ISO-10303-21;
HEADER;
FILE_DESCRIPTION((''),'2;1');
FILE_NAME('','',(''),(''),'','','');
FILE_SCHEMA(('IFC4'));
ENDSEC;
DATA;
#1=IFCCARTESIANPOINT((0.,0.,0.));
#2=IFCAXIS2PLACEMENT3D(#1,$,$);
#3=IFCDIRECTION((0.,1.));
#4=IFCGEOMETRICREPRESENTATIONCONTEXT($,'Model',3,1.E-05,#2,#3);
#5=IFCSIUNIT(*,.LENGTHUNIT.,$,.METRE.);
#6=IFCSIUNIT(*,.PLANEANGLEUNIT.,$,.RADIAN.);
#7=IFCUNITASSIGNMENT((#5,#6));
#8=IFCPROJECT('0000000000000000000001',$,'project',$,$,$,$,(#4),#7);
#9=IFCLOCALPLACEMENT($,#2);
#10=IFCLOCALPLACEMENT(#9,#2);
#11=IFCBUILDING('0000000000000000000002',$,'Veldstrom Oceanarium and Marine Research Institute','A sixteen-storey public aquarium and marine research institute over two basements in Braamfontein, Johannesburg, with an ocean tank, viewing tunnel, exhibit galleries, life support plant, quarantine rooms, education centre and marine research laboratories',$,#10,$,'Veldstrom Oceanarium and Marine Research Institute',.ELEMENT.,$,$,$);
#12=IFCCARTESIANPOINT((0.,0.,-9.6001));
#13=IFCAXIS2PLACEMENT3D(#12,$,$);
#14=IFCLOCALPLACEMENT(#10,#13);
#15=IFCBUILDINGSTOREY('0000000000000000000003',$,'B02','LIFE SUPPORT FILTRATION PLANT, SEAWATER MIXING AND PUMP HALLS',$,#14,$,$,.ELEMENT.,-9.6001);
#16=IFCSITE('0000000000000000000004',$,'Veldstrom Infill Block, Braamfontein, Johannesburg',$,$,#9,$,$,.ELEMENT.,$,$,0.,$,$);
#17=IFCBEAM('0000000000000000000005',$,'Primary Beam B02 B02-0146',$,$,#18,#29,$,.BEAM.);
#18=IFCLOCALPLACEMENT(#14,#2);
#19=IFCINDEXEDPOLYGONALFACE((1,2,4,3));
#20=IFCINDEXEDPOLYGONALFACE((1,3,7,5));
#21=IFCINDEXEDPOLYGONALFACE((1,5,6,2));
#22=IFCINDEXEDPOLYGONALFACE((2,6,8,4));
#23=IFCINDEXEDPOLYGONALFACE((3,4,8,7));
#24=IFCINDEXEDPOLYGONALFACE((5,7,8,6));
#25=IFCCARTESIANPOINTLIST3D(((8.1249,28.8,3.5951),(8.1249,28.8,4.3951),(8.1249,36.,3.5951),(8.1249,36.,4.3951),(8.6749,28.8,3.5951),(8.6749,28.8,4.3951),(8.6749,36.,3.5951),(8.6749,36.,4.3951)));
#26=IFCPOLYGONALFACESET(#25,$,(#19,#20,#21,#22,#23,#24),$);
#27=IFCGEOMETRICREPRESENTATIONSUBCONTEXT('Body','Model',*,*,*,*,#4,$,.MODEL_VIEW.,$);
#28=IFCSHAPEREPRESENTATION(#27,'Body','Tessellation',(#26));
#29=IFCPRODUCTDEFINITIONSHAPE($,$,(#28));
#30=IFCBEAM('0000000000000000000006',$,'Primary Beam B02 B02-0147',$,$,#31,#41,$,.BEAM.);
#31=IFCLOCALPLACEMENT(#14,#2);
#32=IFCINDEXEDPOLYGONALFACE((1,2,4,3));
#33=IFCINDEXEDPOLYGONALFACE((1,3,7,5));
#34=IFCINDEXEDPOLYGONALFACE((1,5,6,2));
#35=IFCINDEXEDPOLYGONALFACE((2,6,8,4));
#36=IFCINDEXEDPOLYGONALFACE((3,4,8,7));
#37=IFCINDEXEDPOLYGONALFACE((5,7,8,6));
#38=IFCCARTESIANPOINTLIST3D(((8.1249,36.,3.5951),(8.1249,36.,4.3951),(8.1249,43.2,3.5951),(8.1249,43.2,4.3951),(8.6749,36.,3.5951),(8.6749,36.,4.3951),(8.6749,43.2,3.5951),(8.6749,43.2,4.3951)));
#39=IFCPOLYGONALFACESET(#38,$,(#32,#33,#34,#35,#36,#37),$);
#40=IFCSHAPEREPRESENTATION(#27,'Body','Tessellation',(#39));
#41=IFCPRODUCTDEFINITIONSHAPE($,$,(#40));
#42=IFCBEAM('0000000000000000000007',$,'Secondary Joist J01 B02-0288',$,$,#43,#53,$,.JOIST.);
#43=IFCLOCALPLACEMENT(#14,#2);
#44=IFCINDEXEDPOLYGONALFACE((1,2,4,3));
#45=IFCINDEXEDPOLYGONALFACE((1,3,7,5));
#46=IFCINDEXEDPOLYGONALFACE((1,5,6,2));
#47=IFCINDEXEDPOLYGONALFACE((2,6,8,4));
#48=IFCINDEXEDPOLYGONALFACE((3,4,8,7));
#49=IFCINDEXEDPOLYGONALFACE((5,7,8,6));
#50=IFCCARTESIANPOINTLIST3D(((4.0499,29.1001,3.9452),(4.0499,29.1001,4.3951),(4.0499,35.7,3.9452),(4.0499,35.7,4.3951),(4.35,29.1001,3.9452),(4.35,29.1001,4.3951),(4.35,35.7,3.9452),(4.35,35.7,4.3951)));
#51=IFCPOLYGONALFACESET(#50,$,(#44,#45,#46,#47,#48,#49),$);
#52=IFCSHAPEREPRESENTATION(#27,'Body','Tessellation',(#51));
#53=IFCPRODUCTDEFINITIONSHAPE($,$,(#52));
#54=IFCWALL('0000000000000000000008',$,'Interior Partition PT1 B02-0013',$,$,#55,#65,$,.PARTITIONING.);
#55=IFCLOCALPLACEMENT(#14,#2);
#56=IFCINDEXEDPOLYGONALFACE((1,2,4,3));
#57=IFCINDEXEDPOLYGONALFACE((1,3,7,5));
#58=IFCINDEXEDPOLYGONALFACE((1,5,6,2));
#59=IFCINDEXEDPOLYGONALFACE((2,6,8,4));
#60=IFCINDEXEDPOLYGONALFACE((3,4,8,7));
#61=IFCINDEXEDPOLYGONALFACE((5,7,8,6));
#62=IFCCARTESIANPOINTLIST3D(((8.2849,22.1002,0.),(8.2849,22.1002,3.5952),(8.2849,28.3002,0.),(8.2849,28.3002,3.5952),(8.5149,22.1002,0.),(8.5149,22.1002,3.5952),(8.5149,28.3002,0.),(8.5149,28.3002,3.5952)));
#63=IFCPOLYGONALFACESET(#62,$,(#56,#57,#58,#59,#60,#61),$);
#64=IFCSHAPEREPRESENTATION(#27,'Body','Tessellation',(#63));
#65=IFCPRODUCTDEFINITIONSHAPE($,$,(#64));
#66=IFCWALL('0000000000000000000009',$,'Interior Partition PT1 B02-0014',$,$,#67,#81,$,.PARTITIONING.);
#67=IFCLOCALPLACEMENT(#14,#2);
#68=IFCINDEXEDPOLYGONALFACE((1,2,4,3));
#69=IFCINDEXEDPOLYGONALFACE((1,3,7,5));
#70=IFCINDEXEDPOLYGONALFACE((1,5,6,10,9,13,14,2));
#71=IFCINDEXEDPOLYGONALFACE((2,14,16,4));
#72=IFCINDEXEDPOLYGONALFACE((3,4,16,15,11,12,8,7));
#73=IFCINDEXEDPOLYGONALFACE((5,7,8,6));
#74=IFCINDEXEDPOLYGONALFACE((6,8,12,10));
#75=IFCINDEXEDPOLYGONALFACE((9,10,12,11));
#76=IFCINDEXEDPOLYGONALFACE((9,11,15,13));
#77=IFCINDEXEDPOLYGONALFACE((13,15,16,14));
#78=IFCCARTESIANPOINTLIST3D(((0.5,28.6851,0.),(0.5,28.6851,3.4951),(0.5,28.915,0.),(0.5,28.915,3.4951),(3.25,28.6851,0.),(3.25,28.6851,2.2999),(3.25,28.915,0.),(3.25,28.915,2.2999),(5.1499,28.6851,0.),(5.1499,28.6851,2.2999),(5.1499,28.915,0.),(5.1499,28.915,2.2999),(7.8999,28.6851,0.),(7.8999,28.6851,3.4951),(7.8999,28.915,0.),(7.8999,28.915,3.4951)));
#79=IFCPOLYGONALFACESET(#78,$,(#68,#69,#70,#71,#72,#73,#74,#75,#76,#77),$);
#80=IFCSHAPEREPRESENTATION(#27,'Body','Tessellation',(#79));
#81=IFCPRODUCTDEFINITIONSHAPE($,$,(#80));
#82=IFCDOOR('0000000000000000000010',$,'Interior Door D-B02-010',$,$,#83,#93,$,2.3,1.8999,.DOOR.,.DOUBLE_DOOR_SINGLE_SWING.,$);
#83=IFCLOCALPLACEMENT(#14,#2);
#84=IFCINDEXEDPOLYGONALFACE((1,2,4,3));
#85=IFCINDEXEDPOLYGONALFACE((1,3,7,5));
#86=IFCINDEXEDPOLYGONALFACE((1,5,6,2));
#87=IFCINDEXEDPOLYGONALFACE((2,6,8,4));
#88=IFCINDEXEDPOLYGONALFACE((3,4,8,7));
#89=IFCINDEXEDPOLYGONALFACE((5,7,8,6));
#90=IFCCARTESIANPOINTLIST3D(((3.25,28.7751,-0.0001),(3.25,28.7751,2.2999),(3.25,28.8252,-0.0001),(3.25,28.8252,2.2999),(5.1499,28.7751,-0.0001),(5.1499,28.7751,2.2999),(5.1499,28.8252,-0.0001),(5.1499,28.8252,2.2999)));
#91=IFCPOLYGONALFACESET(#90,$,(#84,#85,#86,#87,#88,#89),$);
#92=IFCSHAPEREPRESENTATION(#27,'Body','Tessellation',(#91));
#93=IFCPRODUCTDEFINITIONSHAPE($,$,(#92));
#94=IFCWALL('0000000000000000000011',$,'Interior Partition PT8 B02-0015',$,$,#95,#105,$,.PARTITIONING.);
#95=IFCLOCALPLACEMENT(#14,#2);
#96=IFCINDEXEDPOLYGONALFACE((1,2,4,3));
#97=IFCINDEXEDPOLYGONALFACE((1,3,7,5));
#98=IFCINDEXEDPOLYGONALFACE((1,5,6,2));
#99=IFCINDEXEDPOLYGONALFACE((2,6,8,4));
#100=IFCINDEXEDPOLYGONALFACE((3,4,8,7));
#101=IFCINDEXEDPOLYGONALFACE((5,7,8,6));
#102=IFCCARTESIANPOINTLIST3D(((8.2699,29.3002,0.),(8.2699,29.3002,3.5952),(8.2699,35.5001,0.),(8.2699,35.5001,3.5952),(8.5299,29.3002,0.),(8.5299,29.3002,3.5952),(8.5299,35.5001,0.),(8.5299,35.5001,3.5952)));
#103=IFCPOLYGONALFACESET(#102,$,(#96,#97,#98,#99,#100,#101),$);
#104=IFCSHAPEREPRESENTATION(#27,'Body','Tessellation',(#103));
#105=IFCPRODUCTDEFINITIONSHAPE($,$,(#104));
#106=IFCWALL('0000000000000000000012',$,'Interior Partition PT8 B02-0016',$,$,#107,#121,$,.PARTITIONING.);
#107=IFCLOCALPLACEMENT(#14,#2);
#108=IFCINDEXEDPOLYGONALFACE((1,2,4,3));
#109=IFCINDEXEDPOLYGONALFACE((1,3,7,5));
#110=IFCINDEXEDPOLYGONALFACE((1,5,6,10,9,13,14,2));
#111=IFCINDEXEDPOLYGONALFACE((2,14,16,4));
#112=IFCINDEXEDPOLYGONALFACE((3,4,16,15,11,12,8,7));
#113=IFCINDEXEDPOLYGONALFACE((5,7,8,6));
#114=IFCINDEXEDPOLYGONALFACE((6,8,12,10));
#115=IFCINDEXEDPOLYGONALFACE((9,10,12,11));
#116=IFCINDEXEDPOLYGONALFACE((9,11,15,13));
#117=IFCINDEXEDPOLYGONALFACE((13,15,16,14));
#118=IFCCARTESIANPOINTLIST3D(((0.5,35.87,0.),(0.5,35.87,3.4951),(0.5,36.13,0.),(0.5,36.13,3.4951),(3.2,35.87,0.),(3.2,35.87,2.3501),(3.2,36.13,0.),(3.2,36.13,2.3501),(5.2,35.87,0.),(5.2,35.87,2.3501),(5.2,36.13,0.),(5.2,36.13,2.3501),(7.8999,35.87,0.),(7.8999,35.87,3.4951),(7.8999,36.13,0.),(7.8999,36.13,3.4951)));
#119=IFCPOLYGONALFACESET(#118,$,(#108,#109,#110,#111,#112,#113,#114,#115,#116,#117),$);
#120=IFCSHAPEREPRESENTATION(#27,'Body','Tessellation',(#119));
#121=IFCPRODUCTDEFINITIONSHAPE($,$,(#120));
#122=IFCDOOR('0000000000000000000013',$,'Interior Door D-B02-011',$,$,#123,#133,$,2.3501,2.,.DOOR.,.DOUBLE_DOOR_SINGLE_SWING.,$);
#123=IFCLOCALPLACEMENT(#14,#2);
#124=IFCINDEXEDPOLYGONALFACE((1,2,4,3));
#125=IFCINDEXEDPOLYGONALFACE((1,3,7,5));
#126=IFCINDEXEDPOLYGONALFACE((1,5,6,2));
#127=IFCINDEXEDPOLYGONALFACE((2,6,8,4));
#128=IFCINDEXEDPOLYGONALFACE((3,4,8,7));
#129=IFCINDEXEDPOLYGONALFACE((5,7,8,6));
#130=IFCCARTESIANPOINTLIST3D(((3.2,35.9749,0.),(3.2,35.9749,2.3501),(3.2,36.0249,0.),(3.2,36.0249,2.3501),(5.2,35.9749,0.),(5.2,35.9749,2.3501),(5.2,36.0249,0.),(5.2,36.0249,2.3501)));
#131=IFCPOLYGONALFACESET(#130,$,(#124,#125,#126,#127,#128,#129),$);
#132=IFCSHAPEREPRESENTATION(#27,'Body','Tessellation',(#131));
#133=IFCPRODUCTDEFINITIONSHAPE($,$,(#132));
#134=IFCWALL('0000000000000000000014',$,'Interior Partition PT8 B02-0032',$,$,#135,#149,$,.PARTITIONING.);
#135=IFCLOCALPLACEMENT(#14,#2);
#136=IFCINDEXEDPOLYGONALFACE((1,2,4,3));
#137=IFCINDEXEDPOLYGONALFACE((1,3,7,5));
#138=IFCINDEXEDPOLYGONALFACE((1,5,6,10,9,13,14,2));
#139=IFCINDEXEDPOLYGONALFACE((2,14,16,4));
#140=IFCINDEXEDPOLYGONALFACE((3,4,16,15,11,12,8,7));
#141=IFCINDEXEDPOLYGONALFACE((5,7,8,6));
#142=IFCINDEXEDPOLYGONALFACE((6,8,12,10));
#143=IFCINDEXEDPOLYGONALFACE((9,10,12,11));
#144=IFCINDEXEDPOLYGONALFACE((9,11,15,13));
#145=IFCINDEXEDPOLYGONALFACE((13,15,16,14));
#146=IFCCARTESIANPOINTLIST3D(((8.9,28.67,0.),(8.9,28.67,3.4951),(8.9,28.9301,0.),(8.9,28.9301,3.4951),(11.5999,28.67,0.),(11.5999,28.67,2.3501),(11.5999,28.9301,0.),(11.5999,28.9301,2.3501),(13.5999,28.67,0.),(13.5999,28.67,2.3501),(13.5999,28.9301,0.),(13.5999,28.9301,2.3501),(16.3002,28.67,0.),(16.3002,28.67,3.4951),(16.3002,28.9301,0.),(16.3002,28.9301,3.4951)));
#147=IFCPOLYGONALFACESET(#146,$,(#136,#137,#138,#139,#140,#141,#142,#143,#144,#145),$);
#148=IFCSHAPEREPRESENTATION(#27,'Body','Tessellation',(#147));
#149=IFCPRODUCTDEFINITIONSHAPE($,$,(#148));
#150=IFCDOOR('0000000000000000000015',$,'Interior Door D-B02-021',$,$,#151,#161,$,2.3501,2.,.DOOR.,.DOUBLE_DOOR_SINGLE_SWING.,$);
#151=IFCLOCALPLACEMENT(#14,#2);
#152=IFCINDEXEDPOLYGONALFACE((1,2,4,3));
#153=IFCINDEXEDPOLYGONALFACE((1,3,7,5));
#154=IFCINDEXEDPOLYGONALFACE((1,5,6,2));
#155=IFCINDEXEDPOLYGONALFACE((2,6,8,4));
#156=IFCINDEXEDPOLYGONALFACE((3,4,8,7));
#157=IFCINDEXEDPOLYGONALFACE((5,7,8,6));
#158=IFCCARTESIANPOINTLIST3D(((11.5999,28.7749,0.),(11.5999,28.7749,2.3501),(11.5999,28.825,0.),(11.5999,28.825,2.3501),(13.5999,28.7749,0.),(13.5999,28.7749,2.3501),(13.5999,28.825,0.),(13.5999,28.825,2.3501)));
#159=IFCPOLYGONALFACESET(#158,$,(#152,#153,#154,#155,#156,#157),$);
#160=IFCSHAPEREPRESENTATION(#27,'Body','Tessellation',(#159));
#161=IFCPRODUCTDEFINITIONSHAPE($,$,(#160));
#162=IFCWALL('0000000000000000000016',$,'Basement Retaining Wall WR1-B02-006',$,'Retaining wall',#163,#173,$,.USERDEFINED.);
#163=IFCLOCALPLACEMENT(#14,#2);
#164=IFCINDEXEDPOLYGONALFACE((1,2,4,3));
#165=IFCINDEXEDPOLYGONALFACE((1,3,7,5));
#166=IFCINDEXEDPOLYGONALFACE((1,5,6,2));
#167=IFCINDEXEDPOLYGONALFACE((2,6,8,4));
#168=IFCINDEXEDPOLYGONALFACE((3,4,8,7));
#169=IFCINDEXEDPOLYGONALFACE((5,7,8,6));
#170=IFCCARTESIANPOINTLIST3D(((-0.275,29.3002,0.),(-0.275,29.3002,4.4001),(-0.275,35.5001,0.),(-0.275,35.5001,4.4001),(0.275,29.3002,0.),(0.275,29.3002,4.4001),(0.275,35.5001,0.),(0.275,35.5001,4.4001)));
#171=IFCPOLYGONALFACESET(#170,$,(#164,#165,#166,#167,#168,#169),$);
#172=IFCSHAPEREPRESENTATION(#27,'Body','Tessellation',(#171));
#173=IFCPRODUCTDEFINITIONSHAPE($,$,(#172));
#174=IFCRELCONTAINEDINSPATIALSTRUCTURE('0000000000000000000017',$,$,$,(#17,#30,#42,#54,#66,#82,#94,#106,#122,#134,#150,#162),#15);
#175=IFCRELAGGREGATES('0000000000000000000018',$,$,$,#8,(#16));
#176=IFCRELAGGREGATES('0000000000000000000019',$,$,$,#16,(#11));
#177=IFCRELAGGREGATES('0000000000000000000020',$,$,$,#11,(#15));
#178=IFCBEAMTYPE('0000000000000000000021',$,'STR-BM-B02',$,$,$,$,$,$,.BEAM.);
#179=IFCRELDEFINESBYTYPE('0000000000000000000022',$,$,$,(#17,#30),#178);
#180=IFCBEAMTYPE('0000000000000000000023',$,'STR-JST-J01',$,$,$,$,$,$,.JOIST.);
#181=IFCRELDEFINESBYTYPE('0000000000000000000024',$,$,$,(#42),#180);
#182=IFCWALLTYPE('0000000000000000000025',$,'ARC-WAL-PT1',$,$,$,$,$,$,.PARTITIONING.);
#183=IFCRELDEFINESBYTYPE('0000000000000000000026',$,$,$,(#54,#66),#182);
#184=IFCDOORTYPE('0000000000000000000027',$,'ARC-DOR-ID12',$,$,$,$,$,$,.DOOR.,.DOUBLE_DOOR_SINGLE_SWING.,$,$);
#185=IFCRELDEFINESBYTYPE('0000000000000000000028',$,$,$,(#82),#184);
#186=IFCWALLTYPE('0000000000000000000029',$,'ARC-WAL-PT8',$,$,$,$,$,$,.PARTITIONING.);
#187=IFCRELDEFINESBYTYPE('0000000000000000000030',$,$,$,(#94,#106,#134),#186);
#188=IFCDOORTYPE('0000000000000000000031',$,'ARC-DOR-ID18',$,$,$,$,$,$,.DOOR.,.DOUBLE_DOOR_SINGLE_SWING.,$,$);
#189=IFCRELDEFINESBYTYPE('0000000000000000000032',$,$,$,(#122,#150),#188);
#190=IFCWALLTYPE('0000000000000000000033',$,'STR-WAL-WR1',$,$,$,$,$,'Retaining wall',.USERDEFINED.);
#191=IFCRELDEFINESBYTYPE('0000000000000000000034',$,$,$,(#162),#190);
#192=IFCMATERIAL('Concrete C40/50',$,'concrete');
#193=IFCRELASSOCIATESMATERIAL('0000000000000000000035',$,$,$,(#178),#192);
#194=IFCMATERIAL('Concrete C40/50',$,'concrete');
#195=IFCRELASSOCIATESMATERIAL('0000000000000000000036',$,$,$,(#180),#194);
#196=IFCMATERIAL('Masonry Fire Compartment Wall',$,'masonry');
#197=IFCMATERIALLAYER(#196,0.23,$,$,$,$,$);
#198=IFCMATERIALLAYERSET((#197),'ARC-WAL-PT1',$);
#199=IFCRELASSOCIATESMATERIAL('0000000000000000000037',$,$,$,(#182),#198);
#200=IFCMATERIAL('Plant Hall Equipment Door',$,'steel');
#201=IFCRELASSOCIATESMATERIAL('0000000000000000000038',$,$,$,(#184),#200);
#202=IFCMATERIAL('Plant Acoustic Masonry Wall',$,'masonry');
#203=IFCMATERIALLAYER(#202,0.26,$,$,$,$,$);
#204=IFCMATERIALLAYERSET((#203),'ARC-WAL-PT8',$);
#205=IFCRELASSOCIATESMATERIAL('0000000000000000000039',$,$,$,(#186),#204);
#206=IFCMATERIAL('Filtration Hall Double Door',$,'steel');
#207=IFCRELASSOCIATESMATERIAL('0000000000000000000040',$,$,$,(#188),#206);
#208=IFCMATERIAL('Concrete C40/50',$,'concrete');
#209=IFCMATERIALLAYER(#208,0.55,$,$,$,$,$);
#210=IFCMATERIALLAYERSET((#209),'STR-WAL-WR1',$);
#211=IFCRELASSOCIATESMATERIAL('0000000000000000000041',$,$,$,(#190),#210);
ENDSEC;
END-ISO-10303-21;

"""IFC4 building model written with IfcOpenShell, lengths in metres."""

from ifc_helpers import new_model, si_unit, direction, frame, frame_2d, origin, origin_2d, place, context, subcontext, project, spatial, rectangle, extrude, material, layer, layer_set, material_profile, profile_set, type_object, element, fill, save


model = new_model("IFC4")

# Units and contexts
model_context = context("Model", 3, precision=1e-05, world=origin(), true_north=direction((0.0, 1.0)))
body_context = subcontext(model_context, "Body", "Model", "MODEL_VIEW")
ifc_project = project(units=[si_unit("LENGTHUNIT", "METRE"), si_unit("PLANEANGLEUNIT", "RADIAN")], contexts=[model_context])

# Site, building, storey
site_placement = place(None, origin())
site = spatial("IfcSite", under=ifc_project, at=site_placement, Name="Veldstrom Infill Block, Braamfontein, Johannesburg", CompositionType="ELEMENT", RefElevation=0.0)
building_placement = place(site_placement, origin())
building = spatial("IfcBuilding", under=site, at=building_placement, Name="Veldstrom Oceanarium and Marine Research Institute", Description="A sixteen-storey public aquarium and marine research institute over two basements in Braamfontein, Johannesburg, with an ocean tank, viewing tunnel, exhibit galleries, life support plant, quarantine rooms, education centre and marine research laboratories", LongName="Veldstrom Oceanarium and Marine Research Institute", CompositionType="ELEMENT")
storey_placement = place(building_placement, frame((0.0, 0.0, -9.6001)))
storey = spatial("IfcBuildingStorey", under=building, at=storey_placement, Name="B02", Description="LIFE SUPPORT FILTRATION PLANT, SEAWATER MIXING AND PUMP HALLS", CompositionType="ELEMENT", Elevation=-9.6001)

# Beams
ifc_material_1 = material(Name="Concrete C40/50", Category="concrete")
ifc_material_profile_1 = material_profile(ifc_material_1, rectangle(XDim=0.55, YDim=0.8, at=origin_2d()), Name="RC-BM-550x800")
ifc_profile_set_1 = profile_set([ifc_material_profile_1], Name="Concrete C40/50")
beam_type_1 = type_object("IfcBeamType", Name="STR-BM-B02", PredefinedType="BEAM", material=ifc_profile_set_1)
for number, where, z_axis, x_axis, name in (
    (1, (8.3999, 28.8, 3.9951), (0.0, 1.0, 0.0), (-1.0, 0.0, 0.0), "Primary Beam B02 B02-0146"),
    (2, (8.3999, 36.0, 3.9951), (0.0, 1.0, 0.0), (-1.0, 0.0, 0.0), "Primary Beam B02 B02-0147"),
):
    element("IfcBeam", number, at=place(storey_placement, frame(where, z_axis=z_axis, x_axis=x_axis)), inside=storey, type_object=beam_type_1, Name=name, PredefinedType="BEAM", context=body_context, shape_type="SweptSolid", body=[
        extrude(rectangle(XDim=0.55, YDim=0.8, at=origin_2d()), origin(), (0.0, 0.0, 1.0), 7.2),
    ])
ifc_material_2 = material(Name="Concrete C40/50", Category="concrete")
ifc_material_profile_2 = material_profile(ifc_material_2, rectangle(XDim=0.3, YDim=0.45, at=origin_2d()), Name="RC-JST-300x450")
ifc_profile_set_2 = profile_set([ifc_material_profile_2], Name="Concrete C40/50")
beam_type_2 = type_object("IfcBeamType", Name="STR-JST-J01", PredefinedType="JOIST", material=ifc_profile_set_2)
beam_placement = place(storey_placement, frame((4.2, 29.1001, 4.1702), z_axis=(0.0, 1.0, 0.0), x_axis=(-1.0, 0.0, 0.0)))
element("IfcBeam", 3, at=beam_placement, inside=storey, type_object=beam_type_2, Name="Secondary Joist J01 B02-0288", PredefinedType="JOIST", context=body_context, shape_type="SweptSolid", body=[
    extrude(rectangle(XDim=0.3, YDim=0.45, at=origin_2d()), origin(), (0.0, 0.0, 1.0), 6.5999),
])

# Wall
ifc_material_3 = material(Name="Masonry Fire Compartment Wall", Category="masonry")
ifc_layer_1 = layer(ifc_material_3, 0.23)
ifc_layer_set_1 = layer_set([ifc_layer_1], Name="ARC-WAL-PT1")
wall_type_1 = type_object("IfcWallType", Name="ARC-WAL-PT1", PredefinedType="PARTITIONING", material=ifc_layer_set_1)
wall_1_placement = place(storey_placement, frame((8.3999, 22.1001, 0.0), z_axis=(0.0, 0.0, 1.0), x_axis=(0.0, 1.0, 0.0)))
element("IfcWall", 4, at=wall_1_placement, inside=storey, type_object=wall_type_1, Name="Interior Partition PT1 B02-0013", PredefinedType="PARTITIONING", context=body_context, shape_type="SweptSolid", body=[
    extrude(rectangle(XDim=6.2, YDim=0.23, at=frame_2d((3.1001, 0.0))), origin(), (0.0, 0.0, 1.0), 3.5952),
])

# Wall, opening, door
wall_2_placement = place(storey_placement, frame((0.5, 28.8, 0.0), z_axis=(0.0, 0.0, 1.0), x_axis=(1.0, 0.0, 0.0)))
wall_2 = element("IfcWall", 5, at=wall_2_placement, inside=storey, type_object=wall_type_1, Name="Interior Partition PT1 B02-0014", PredefinedType="PARTITIONING", context=body_context, shape_type="SweptSolid", body=[
    extrude(rectangle(XDim=7.3999, YDim=0.23, at=frame_2d((3.7, 0.0))), origin(), (0.0, 0.0, 1.0), 3.4951),
])
opening_1_placement = place(wall_2_placement, frame((2.75, 0.0, 0.0)))
opening_1 = element("IfcOpeningElement", 6, at=opening_1_placement, cuts=wall_2, PredefinedType="OPENING", context=body_context, shape_type="SweptSolid", body=[
    extrude(rectangle(XDim=1.8999, YDim=2.3, at=frame_2d((0.95, 1.1499))), frame((0.0, 0.125, 0.0), z_axis=(0.0, -1.0, 0.0), x_axis=(1.0, 0.0, 0.0)), (0.0, 0.0, 1.0), 0.25),
])
ifc_material_4 = material(Name="Plant Hall Equipment Door", Category="steel")
door_type_1 = type_object("IfcDoorType", Name="ARC-DOR-ID12", OperationType="DOUBLE_DOOR_SINGLE_SWING", PredefinedType="DOOR", material=ifc_material_4)
door_1_placement = place(opening_1_placement, frame((1.8999, 0.0, 0.0), z_axis=(0.0, 0.0, 1.0), x_axis=(-1.0, 0.0, 0.0)))
door_1 = element("IfcDoor", 7, at=door_1_placement, inside=storey, type_object=door_type_1, Name="Interior Door D-B02-010", OperationType="DOUBLE_DOOR_SINGLE_SWING", OverallHeight=2.3, OverallWidth=1.8999, PredefinedType="DOOR", context=body_context, shape_type="SweptSolid", body=[
    extrude(rectangle(XDim=1.8999, YDim=2.3, at=frame_2d((0.95, 1.1499))), frame((0.0, 0.0249, 0.0), z_axis=(0.0, -1.0, 0.0), x_axis=(1.0, 0.0, 0.0)), (0.0, 0.0, 1.0), 0.05),
])
fill(opening_1, door_1)

# Wall
ifc_material_5 = material(Name="Plant Acoustic Masonry Wall", Category="masonry")
ifc_layer_2 = layer(ifc_material_5, 0.26)
ifc_layer_set_2 = layer_set([ifc_layer_2], Name="ARC-WAL-PT8")
wall_type_2 = type_object("IfcWallType", Name="ARC-WAL-PT8", PredefinedType="PARTITIONING", material=ifc_layer_set_2)
wall_3_placement = place(storey_placement, frame((8.3999, 29.3, 0.0), z_axis=(0.0, 0.0, 1.0), x_axis=(0.0, 1.0, 0.0)))
element("IfcWall", 8, at=wall_3_placement, inside=storey, type_object=wall_type_2, Name="Interior Partition PT8 B02-0015", PredefinedType="PARTITIONING", context=body_context, shape_type="SweptSolid", body=[
    extrude(rectangle(XDim=6.2, YDim=0.26, at=frame_2d((3.1001, 0.0))), origin(), (0.0, 0.0, 1.0), 3.5952),
])

# Walls, openings, doors
wall_4_placement = place(storey_placement, frame((0.5, 36.0, 0.0), z_axis=(0.0, 0.0, 1.0), x_axis=(1.0, 0.0, 0.0)))
wall_4 = element("IfcWall", 9, at=wall_4_placement, inside=storey, type_object=wall_type_2, Name="Interior Partition PT8 B02-0016", PredefinedType="PARTITIONING", context=body_context, shape_type="SweptSolid", body=[
    extrude(rectangle(XDim=7.3999, YDim=0.26, at=frame_2d((3.7, 0.0))), origin(), (0.0, 0.0, 1.0), 3.4951),
])
opening_2_placement = place(wall_4_placement, frame((2.7, 0.0, 0.0)))
opening_2 = element("IfcOpeningElement", 10, at=opening_2_placement, cuts=wall_4, PredefinedType="OPENING", context=body_context, shape_type="SweptSolid", body=[
    extrude(rectangle(XDim=2.0, YDim=2.3501, at=frame_2d((1.0, 1.175))), frame((0.0, 0.1399, 0.0), z_axis=(0.0, -1.0, 0.0), x_axis=(1.0, 0.0, 0.0)), (0.0, 0.0, 1.0), 0.28),
])
ifc_material_6 = material(Name="Filtration Hall Double Door", Category="steel")
door_type_2 = type_object("IfcDoorType", Name="ARC-DOR-ID18", OperationType="DOUBLE_DOOR_SINGLE_SWING", PredefinedType="DOOR", material=ifc_material_6)
door_2_placement = place(opening_2_placement, origin())
door_2 = element("IfcDoor", 11, at=door_2_placement, inside=storey, type_object=door_type_2, Name="Interior Door D-B02-011", OperationType="DOUBLE_DOOR_SINGLE_SWING", OverallHeight=2.3501, OverallWidth=2.0, PredefinedType="DOOR", context=body_context, shape_type="SweptSolid", body=[
    extrude(rectangle(XDim=2.0, YDim=2.3501, at=frame_2d((1.0, 1.175))), frame((0.0, 0.0249, 0.0), z_axis=(0.0, -1.0, 0.0), x_axis=(1.0, 0.0, 0.0)), (0.0, 0.0, 1.0), 0.05),
])
fill(opening_2, door_2)
wall_5_placement = place(storey_placement, frame((8.8999, 28.8, 0.0), z_axis=(0.0, 0.0, 1.0), x_axis=(1.0, 0.0, 0.0)))
wall_5 = element("IfcWall", 12, at=wall_5_placement, inside=storey, type_object=wall_type_2, Name="Interior Partition PT8 B02-0032", PredefinedType="PARTITIONING", context=body_context, shape_type="SweptSolid", body=[
    extrude(rectangle(XDim=7.4001, YDim=0.26, at=frame_2d((3.7002, 0.0))), origin(), (0.0, 0.0, 1.0), 3.4951),
])
opening_3_placement = place(wall_5_placement, frame((2.7, 0.0, 0.0)))
opening_3 = element("IfcOpeningElement", 13, at=opening_3_placement, cuts=wall_5, PredefinedType="OPENING", context=body_context, shape_type="SweptSolid", body=[
    extrude(rectangle(XDim=2.0, YDim=2.3501, at=frame_2d((1.0, 1.175))), frame((0.0, 0.1399, 0.0), z_axis=(0.0, -1.0, 0.0), x_axis=(1.0, 0.0, 0.0)), (0.0, 0.0, 1.0), 0.28),
])
door_3_placement = place(opening_3_placement, origin())
door_3 = element("IfcDoor", 14, at=door_3_placement, inside=storey, type_object=door_type_2, Name="Interior Door D-B02-021", OperationType="DOUBLE_DOOR_SINGLE_SWING", OverallHeight=2.3501, OverallWidth=2.0, PredefinedType="DOOR", context=body_context, shape_type="SweptSolid", body=[
    extrude(rectangle(XDim=2.0, YDim=2.3501, at=frame_2d((1.0, 1.175))), frame((0.0, 0.0249, 0.0), z_axis=(0.0, -1.0, 0.0), x_axis=(1.0, 0.0, 0.0)), (0.0, 0.0, 1.0), 0.05),
])
fill(opening_3, door_3)

# Wall
ifc_material_7 = material(Name="Concrete C40/50", Category="concrete")
ifc_layer_3 = layer(ifc_material_7, 0.55)
ifc_layer_set_3 = layer_set([ifc_layer_3], Name="STR-WAL-WR1")
wall_type_3 = type_object("IfcWallType", Name="STR-WAL-WR1", ElementType="Retaining wall", PredefinedType="USERDEFINED", material=ifc_layer_set_3)
wall_6_placement = place(storey_placement, frame((0.0, 29.3, 0.0), z_axis=(0.0, 0.0, 1.0), x_axis=(0.0, 1.0, 0.0)))
element("IfcWall", 15, at=wall_6_placement, inside=storey, type_object=wall_type_3, Name="Basement Retaining Wall WR1-B02-006", ObjectType="Retaining wall", PredefinedType="USERDEFINED", context=body_context, shape_type="SweptSolid", body=[
    extrude(rectangle(XDim=6.2, YDim=0.55, at=frame_2d((3.1001, 0.0))), origin(), (0.0, 0.0, 1.0), 4.4001),
])

save(model, "model.ifc")
